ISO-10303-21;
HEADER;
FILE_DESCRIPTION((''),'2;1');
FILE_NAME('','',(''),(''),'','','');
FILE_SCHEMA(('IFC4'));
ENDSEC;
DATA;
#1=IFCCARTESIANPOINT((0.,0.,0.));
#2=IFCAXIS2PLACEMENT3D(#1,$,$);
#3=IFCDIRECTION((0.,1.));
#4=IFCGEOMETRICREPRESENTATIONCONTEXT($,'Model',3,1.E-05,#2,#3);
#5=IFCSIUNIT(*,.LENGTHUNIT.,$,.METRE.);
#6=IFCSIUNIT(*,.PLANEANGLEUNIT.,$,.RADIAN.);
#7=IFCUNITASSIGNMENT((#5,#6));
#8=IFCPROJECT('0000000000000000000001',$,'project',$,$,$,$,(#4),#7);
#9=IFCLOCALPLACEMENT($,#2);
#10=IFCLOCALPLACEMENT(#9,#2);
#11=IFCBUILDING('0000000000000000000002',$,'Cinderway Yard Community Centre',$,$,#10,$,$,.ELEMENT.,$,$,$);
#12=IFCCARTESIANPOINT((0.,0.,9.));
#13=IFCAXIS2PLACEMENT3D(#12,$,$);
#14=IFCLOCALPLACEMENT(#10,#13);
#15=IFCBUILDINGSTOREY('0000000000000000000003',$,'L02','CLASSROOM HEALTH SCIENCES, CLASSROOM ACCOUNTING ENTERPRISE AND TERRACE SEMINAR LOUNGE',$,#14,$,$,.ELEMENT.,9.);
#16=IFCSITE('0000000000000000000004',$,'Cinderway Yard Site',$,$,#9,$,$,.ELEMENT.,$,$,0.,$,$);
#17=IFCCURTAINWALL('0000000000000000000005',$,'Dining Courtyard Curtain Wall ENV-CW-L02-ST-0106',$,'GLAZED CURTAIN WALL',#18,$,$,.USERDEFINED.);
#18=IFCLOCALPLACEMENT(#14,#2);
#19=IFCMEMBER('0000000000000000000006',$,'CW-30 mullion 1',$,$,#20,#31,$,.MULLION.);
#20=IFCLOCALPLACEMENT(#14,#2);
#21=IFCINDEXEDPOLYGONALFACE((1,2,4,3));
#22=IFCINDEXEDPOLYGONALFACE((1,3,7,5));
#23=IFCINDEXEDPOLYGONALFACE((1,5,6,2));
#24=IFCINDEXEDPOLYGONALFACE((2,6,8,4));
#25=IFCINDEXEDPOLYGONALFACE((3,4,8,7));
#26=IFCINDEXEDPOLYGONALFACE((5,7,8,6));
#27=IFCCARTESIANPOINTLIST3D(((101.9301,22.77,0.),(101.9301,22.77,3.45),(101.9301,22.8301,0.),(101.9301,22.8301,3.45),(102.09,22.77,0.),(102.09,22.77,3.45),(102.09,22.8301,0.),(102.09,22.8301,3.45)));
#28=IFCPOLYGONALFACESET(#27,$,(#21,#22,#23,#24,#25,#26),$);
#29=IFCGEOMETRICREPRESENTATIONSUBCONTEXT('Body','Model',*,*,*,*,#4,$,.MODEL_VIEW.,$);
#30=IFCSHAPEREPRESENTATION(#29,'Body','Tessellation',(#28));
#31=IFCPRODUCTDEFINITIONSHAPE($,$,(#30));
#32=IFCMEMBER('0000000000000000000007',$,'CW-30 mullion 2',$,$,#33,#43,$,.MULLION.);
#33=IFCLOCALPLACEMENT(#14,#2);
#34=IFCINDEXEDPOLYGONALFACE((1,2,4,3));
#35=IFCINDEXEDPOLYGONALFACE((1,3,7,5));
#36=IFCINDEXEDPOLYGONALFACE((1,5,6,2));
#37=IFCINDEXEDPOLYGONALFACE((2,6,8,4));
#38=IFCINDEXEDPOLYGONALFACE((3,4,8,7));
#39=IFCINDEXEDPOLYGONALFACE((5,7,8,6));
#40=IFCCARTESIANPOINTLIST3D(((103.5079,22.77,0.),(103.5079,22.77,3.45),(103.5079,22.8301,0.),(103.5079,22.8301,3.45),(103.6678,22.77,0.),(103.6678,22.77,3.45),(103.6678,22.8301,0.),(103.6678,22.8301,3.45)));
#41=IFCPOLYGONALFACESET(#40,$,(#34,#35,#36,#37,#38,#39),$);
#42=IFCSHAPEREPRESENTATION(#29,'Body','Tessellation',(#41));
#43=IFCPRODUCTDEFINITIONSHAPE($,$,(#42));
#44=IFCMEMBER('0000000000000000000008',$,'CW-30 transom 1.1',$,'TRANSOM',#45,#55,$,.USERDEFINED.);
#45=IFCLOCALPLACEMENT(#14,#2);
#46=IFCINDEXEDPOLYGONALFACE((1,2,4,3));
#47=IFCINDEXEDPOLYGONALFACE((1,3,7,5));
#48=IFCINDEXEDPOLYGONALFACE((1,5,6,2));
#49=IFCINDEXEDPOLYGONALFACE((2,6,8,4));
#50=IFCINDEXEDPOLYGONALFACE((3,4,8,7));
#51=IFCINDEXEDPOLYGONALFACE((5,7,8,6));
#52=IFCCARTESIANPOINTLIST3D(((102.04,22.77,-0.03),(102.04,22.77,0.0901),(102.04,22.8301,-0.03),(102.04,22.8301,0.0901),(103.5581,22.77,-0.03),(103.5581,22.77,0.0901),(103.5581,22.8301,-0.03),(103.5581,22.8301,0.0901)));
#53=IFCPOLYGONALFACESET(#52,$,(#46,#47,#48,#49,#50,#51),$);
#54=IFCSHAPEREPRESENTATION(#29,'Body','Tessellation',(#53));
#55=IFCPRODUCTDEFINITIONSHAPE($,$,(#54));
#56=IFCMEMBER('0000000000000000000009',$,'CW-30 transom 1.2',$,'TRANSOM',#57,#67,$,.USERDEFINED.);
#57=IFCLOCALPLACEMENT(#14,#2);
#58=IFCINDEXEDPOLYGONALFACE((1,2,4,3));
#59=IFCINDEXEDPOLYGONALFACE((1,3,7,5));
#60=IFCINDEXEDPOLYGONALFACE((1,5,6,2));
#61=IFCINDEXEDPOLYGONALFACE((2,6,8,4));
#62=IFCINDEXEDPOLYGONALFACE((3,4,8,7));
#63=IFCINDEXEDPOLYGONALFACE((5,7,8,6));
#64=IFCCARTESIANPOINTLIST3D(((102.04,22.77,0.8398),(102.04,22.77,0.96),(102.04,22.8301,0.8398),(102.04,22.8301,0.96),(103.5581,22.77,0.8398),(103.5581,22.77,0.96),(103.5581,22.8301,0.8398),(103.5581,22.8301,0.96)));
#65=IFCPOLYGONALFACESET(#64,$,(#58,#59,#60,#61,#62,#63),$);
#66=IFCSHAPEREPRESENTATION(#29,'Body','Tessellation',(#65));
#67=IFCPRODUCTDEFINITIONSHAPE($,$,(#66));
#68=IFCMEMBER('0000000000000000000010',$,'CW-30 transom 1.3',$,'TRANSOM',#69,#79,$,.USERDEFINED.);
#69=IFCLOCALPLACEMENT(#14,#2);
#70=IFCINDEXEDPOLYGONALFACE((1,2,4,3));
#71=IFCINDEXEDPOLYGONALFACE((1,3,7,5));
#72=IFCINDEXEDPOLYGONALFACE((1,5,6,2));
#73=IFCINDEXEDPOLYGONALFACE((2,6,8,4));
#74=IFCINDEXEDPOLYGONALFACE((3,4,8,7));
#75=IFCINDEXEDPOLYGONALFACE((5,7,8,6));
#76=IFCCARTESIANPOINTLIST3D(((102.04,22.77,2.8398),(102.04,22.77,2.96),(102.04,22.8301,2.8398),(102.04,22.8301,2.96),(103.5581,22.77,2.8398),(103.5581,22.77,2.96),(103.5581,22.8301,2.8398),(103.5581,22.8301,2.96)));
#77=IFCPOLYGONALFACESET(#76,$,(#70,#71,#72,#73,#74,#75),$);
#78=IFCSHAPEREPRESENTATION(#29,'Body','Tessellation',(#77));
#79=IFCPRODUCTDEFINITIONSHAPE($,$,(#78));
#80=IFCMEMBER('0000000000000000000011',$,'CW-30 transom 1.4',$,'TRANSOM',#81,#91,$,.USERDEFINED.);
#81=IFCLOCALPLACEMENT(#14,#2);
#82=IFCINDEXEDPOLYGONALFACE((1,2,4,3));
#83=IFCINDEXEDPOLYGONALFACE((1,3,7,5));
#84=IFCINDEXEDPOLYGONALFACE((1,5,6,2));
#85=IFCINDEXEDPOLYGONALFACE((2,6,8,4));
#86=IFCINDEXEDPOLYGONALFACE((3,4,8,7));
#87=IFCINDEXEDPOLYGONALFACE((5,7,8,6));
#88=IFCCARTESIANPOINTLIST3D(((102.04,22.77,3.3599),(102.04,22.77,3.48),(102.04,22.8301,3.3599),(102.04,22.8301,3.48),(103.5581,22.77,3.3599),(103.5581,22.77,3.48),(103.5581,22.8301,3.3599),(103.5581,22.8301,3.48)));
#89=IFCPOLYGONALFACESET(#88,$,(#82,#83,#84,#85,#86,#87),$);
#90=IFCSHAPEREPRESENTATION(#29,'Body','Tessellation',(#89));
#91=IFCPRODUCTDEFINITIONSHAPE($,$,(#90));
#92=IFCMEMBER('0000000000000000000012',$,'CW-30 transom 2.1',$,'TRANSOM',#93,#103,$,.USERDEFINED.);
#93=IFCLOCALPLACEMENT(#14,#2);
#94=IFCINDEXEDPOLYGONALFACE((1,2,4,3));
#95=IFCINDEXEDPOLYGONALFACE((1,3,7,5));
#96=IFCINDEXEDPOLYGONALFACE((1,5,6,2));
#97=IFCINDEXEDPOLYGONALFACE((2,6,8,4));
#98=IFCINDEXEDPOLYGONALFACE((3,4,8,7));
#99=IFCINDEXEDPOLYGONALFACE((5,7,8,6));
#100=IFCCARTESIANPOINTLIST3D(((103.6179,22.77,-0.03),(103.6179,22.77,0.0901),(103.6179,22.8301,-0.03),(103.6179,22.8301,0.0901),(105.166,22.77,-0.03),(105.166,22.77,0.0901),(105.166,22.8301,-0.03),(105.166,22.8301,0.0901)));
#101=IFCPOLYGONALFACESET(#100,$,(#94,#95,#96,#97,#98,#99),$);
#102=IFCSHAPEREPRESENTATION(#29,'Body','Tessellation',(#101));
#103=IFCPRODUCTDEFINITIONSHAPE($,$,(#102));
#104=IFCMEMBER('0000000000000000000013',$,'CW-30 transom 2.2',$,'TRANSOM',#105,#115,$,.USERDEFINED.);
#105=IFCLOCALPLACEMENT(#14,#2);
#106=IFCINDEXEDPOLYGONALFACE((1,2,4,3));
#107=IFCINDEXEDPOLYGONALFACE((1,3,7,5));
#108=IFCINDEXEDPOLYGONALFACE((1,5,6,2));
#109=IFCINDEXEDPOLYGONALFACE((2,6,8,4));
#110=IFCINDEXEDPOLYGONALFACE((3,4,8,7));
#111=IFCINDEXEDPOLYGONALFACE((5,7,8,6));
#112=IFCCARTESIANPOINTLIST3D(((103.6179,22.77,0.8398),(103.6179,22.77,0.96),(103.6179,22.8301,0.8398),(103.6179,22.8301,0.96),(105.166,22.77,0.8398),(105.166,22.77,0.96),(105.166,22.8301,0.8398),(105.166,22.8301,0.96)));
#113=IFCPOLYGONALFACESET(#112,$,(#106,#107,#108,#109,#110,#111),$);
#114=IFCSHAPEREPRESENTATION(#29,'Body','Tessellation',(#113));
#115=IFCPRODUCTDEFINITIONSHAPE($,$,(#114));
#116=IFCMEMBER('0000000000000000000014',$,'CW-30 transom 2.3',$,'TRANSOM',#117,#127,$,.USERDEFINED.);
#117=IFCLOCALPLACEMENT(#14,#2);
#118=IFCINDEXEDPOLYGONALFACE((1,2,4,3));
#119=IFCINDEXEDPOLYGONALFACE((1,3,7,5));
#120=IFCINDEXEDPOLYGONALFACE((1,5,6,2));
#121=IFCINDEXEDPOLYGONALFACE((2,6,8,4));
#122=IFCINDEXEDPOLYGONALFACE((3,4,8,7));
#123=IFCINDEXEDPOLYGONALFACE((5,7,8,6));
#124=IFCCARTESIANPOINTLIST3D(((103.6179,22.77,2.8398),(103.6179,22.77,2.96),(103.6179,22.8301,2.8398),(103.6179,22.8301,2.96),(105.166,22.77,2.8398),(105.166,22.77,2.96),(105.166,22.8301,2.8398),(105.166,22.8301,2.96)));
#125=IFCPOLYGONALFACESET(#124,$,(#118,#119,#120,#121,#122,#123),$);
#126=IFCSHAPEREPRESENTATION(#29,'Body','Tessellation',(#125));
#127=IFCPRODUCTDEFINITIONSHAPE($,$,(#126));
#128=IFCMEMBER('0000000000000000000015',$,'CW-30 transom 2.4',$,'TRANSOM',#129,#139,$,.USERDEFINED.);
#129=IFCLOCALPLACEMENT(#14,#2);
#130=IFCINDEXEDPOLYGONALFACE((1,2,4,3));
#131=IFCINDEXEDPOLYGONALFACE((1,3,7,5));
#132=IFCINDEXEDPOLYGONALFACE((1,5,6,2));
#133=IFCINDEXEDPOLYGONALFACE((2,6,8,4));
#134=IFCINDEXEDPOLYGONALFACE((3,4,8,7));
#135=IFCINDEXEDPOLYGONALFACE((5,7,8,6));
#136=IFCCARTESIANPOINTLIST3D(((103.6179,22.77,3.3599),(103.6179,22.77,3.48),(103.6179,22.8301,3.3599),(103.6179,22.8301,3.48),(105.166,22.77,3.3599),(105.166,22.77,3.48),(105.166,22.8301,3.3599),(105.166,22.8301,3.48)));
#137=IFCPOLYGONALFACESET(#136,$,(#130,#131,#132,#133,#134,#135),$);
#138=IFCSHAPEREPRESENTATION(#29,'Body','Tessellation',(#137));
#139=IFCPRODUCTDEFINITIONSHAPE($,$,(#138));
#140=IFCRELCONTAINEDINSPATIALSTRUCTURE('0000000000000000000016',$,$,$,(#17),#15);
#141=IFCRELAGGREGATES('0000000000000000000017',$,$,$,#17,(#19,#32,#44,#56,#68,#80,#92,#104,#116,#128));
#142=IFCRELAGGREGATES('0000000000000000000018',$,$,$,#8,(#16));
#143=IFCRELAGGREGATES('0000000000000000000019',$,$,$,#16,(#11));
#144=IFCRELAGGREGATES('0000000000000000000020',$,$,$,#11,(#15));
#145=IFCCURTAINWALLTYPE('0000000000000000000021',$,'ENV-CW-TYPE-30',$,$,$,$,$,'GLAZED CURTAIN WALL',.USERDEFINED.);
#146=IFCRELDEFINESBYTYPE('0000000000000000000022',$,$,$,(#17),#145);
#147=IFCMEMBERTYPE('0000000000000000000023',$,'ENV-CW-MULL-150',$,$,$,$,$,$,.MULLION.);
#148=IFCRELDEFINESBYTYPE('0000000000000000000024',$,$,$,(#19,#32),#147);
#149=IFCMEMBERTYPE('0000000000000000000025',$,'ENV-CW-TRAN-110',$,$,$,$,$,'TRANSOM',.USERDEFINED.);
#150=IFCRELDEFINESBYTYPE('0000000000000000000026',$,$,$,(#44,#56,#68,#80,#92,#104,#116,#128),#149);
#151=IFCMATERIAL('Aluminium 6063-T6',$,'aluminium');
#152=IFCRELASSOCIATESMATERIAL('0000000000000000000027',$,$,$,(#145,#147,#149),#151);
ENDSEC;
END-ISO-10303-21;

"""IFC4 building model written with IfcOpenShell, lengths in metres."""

from ifc_helpers import new_model, si_unit, direction, frame, origin, origin_2d, place, context, subcontext, project, spatial, rectangle, extrude, material, material_profile, profile_set, type_object, element, aggregate, save


model = new_model("IFC4")

# Units and contexts
model_context = context("Model", 3, precision=1e-05, world=origin(), true_north=direction((0.0, 1.0)))
body_context = subcontext(model_context, "Body", "Model", "MODEL_VIEW")
ifc_project = project(units=[si_unit("LENGTHUNIT", "METRE"), si_unit("PLANEANGLEUNIT", "RADIAN")], contexts=[model_context])

# Site, building, storey
site_placement = place(None, origin())
site = spatial("IfcSite", under=ifc_project, at=site_placement, Name="Cinderway Yard Site", CompositionType="ELEMENT", RefElevation=0.0)
building_placement = place(site_placement, origin())
building = spatial("IfcBuilding", under=site, at=building_placement, Name="Cinderway Yard Community Centre", CompositionType="ELEMENT")
storey_placement = place(building_placement, frame((0.0, 0.0, 9.0)))
storey = spatial("IfcBuildingStorey", under=building, at=storey_placement, Name="L02", Description="CLASSROOM HEALTH SCIENCES, CLASSROOM ACCOUNTING ENTERPRISE AND TERRACE SEMINAR LOUNGE", CompositionType="ELEMENT", Elevation=9.0)

# Curtain wall, members
ifc_material_1 = material(Name="Aluminium 6063-T6", Category="aluminium")
curtain_wall_type = type_object("IfcCurtainWallType", Name="ENV-CW-TYPE-30", ElementType="GLAZED CURTAIN WALL", PredefinedType="USERDEFINED", material=ifc_material_1)
curtain_wall_placement = place(storey_placement, origin())
curtain_wall = element("IfcCurtainWall", 1, at=curtain_wall_placement, inside=storey, type_object=curtain_wall_type, Name="Dining Courtyard Curtain Wall ENV-CW-L02-ST-0106", ObjectType="GLAZED CURTAIN WALL", PredefinedType="USERDEFINED")
ifc_material_profile_1 = material_profile(ifc_material_1, rectangle(XDim=0.0601, YDim=0.1599, at=origin_2d()), Name="Aluminium 6063-T6")
ifc_profile_set_1 = profile_set([ifc_material_profile_1], Name="Aluminium 6063-T6")
member_type_1 = type_object("IfcMemberType", Name="ENV-CW-MULL-150", PredefinedType="MULLION", material=ifc_profile_set_1)
member_1_placement = place(storey_placement, frame((102.01, 22.8, 0.0), z_axis=(0.0, 0.0, 1.0), x_axis=(0.0, 1.0, 0.0)))
member_1 = element("IfcMember", 2, at=member_1_placement, type_object=member_type_1, Name="CW-30 mullion 1", PredefinedType="MULLION", context=body_context, shape_type="SweptSolid", body=[
    extrude(rectangle(XDim=0.0601, YDim=0.1599, at=origin_2d()), origin(), (0.0, 0.0, 1.0), 3.45),
])
member_2_placement = place(storey_placement, frame((103.5879, 22.8, 0.0), z_axis=(0.0, 0.0, 1.0), x_axis=(0.0, 1.0, 0.0)))
member_2 = element("IfcMember", 3, at=member_2_placement, type_object=member_type_1, Name="CW-30 mullion 2", PredefinedType="MULLION", context=body_context, shape_type="SweptSolid", body=[
    extrude(rectangle(XDim=0.0601, YDim=0.1599, at=origin_2d()), origin(), (0.0, 0.0, 1.0), 3.45),
])
ifc_material_profile_2 = material_profile(ifc_material_1, rectangle(XDim=0.0601, YDim=0.1201, at=origin_2d()), Name="Aluminium 6063-T6")
ifc_profile_set_2 = profile_set([ifc_material_profile_2], Name="Aluminium 6063-T6")
member_type_2 = type_object("IfcMemberType", Name="ENV-CW-TRAN-110", ElementType="TRANSOM", PredefinedType="USERDEFINED", material=ifc_profile_set_2)
member_3_placement = place(storey_placement, frame((102.04, 22.8, 0.03), z_axis=(1.0, 0.0, 0.0), x_axis=(0.0, 1.0, 0.0)))
member_3 = element("IfcMember", 4, at=member_3_placement, type_object=member_type_2, Name="CW-30 transom 1.1", ObjectType="TRANSOM", PredefinedType="USERDEFINED", context=body_context, shape_type="SweptSolid", body=[
    extrude(rectangle(XDim=0.0601, YDim=0.1201, at=origin_2d()), origin(), (0.0, 0.0, 1.0), 1.5181),
])
member_4_placement = place(storey_placement, frame((102.04, 22.8, 0.8999), z_axis=(1.0, 0.0, 0.0), x_axis=(0.0, 1.0, 0.0)))
member_4 = element("IfcMember", 5, at=member_4_placement, type_object=member_type_2, Name="CW-30 transom 1.2", ObjectType="TRANSOM", PredefinedType="USERDEFINED", context=body_context, shape_type="SweptSolid", body=[
    extrude(rectangle(XDim=0.0601, YDim=0.1201, at=origin_2d()), origin(), (0.0, 0.0, 1.0), 1.5181),
])
member_5_placement = place(storey_placement, frame((102.04, 22.8, 2.8999), z_axis=(1.0, 0.0, 0.0), x_axis=(0.0, 1.0, 0.0)))
member_5 = element("IfcMember", 6, at=member_5_placement, type_object=member_type_2, Name="CW-30 transom 1.3", ObjectType="TRANSOM", PredefinedType="USERDEFINED", context=body_context, shape_type="SweptSolid", body=[
    extrude(rectangle(XDim=0.0601, YDim=0.1201, at=origin_2d()), origin(), (0.0, 0.0, 1.0), 1.5181),
])
member_6_placement = place(storey_placement, frame((102.04, 22.8, 3.4199), z_axis=(1.0, 0.0, 0.0), x_axis=(0.0, 1.0, 0.0)))
member_6 = element("IfcMember", 7, at=member_6_placement, type_object=member_type_2, Name="CW-30 transom 1.4", ObjectType="TRANSOM", PredefinedType="USERDEFINED", context=body_context, shape_type="SweptSolid", body=[
    extrude(rectangle(XDim=0.0601, YDim=0.1201, at=origin_2d()), origin(), (0.0, 0.0, 1.0), 1.5181),
])
member_7_placement = place(storey_placement, frame((103.6179, 22.8, 0.03), z_axis=(1.0, 0.0, 0.0), x_axis=(0.0, 1.0, 0.0)))
member_7 = element("IfcMember", 8, at=member_7_placement, type_object=member_type_2, Name="CW-30 transom 2.1", ObjectType="TRANSOM", PredefinedType="USERDEFINED", context=body_context, shape_type="SweptSolid", body=[
    extrude(rectangle(XDim=0.0601, YDim=0.1201, at=origin_2d()), origin(), (0.0, 0.0, 1.0), 1.5481),
])
member_8_placement = place(storey_placement, frame((103.6179, 22.8, 0.8999), z_axis=(1.0, 0.0, 0.0), x_axis=(0.0, 1.0, 0.0)))
member_8 = element("IfcMember", 9, at=member_8_placement, type_object=member_type_2, Name="CW-30 transom 2.2", ObjectType="TRANSOM", PredefinedType="USERDEFINED", context=body_context, shape_type="SweptSolid", body=[
    extrude(rectangle(XDim=0.0601, YDim=0.1201, at=origin_2d()), origin(), (0.0, 0.0, 1.0), 1.5481),
])
member_9_placement = place(storey_placement, frame((103.6179, 22.8, 2.8999), z_axis=(1.0, 0.0, 0.0), x_axis=(0.0, 1.0, 0.0)))
member_9 = element("IfcMember", 10, at=member_9_placement, type_object=member_type_2, Name="CW-30 transom 2.3", ObjectType="TRANSOM", PredefinedType="USERDEFINED", context=body_context, shape_type="SweptSolid", body=[
    extrude(rectangle(XDim=0.0601, YDim=0.1201, at=origin_2d()), origin(), (0.0, 0.0, 1.0), 1.5481),
])
member_10_placement = place(storey_placement, frame((103.6179, 22.8, 3.4199), z_axis=(1.0, 0.0, 0.0), x_axis=(0.0, 1.0, 0.0)))
member_10 = element("IfcMember", 11, at=member_10_placement, type_object=member_type_2, Name="CW-30 transom 2.4", ObjectType="TRANSOM", PredefinedType="USERDEFINED", context=body_context, shape_type="SweptSolid", body=[
    extrude(rectangle(XDim=0.0601, YDim=0.1201, at=origin_2d()), origin(), (0.0, 0.0, 1.0), 1.5481),
])

aggregate(curtain_wall, [member_1, member_2, member_3, member_4, member_5, member_6, member_7, member_8, member_9, member_10])

save(model, "model.ifc")
